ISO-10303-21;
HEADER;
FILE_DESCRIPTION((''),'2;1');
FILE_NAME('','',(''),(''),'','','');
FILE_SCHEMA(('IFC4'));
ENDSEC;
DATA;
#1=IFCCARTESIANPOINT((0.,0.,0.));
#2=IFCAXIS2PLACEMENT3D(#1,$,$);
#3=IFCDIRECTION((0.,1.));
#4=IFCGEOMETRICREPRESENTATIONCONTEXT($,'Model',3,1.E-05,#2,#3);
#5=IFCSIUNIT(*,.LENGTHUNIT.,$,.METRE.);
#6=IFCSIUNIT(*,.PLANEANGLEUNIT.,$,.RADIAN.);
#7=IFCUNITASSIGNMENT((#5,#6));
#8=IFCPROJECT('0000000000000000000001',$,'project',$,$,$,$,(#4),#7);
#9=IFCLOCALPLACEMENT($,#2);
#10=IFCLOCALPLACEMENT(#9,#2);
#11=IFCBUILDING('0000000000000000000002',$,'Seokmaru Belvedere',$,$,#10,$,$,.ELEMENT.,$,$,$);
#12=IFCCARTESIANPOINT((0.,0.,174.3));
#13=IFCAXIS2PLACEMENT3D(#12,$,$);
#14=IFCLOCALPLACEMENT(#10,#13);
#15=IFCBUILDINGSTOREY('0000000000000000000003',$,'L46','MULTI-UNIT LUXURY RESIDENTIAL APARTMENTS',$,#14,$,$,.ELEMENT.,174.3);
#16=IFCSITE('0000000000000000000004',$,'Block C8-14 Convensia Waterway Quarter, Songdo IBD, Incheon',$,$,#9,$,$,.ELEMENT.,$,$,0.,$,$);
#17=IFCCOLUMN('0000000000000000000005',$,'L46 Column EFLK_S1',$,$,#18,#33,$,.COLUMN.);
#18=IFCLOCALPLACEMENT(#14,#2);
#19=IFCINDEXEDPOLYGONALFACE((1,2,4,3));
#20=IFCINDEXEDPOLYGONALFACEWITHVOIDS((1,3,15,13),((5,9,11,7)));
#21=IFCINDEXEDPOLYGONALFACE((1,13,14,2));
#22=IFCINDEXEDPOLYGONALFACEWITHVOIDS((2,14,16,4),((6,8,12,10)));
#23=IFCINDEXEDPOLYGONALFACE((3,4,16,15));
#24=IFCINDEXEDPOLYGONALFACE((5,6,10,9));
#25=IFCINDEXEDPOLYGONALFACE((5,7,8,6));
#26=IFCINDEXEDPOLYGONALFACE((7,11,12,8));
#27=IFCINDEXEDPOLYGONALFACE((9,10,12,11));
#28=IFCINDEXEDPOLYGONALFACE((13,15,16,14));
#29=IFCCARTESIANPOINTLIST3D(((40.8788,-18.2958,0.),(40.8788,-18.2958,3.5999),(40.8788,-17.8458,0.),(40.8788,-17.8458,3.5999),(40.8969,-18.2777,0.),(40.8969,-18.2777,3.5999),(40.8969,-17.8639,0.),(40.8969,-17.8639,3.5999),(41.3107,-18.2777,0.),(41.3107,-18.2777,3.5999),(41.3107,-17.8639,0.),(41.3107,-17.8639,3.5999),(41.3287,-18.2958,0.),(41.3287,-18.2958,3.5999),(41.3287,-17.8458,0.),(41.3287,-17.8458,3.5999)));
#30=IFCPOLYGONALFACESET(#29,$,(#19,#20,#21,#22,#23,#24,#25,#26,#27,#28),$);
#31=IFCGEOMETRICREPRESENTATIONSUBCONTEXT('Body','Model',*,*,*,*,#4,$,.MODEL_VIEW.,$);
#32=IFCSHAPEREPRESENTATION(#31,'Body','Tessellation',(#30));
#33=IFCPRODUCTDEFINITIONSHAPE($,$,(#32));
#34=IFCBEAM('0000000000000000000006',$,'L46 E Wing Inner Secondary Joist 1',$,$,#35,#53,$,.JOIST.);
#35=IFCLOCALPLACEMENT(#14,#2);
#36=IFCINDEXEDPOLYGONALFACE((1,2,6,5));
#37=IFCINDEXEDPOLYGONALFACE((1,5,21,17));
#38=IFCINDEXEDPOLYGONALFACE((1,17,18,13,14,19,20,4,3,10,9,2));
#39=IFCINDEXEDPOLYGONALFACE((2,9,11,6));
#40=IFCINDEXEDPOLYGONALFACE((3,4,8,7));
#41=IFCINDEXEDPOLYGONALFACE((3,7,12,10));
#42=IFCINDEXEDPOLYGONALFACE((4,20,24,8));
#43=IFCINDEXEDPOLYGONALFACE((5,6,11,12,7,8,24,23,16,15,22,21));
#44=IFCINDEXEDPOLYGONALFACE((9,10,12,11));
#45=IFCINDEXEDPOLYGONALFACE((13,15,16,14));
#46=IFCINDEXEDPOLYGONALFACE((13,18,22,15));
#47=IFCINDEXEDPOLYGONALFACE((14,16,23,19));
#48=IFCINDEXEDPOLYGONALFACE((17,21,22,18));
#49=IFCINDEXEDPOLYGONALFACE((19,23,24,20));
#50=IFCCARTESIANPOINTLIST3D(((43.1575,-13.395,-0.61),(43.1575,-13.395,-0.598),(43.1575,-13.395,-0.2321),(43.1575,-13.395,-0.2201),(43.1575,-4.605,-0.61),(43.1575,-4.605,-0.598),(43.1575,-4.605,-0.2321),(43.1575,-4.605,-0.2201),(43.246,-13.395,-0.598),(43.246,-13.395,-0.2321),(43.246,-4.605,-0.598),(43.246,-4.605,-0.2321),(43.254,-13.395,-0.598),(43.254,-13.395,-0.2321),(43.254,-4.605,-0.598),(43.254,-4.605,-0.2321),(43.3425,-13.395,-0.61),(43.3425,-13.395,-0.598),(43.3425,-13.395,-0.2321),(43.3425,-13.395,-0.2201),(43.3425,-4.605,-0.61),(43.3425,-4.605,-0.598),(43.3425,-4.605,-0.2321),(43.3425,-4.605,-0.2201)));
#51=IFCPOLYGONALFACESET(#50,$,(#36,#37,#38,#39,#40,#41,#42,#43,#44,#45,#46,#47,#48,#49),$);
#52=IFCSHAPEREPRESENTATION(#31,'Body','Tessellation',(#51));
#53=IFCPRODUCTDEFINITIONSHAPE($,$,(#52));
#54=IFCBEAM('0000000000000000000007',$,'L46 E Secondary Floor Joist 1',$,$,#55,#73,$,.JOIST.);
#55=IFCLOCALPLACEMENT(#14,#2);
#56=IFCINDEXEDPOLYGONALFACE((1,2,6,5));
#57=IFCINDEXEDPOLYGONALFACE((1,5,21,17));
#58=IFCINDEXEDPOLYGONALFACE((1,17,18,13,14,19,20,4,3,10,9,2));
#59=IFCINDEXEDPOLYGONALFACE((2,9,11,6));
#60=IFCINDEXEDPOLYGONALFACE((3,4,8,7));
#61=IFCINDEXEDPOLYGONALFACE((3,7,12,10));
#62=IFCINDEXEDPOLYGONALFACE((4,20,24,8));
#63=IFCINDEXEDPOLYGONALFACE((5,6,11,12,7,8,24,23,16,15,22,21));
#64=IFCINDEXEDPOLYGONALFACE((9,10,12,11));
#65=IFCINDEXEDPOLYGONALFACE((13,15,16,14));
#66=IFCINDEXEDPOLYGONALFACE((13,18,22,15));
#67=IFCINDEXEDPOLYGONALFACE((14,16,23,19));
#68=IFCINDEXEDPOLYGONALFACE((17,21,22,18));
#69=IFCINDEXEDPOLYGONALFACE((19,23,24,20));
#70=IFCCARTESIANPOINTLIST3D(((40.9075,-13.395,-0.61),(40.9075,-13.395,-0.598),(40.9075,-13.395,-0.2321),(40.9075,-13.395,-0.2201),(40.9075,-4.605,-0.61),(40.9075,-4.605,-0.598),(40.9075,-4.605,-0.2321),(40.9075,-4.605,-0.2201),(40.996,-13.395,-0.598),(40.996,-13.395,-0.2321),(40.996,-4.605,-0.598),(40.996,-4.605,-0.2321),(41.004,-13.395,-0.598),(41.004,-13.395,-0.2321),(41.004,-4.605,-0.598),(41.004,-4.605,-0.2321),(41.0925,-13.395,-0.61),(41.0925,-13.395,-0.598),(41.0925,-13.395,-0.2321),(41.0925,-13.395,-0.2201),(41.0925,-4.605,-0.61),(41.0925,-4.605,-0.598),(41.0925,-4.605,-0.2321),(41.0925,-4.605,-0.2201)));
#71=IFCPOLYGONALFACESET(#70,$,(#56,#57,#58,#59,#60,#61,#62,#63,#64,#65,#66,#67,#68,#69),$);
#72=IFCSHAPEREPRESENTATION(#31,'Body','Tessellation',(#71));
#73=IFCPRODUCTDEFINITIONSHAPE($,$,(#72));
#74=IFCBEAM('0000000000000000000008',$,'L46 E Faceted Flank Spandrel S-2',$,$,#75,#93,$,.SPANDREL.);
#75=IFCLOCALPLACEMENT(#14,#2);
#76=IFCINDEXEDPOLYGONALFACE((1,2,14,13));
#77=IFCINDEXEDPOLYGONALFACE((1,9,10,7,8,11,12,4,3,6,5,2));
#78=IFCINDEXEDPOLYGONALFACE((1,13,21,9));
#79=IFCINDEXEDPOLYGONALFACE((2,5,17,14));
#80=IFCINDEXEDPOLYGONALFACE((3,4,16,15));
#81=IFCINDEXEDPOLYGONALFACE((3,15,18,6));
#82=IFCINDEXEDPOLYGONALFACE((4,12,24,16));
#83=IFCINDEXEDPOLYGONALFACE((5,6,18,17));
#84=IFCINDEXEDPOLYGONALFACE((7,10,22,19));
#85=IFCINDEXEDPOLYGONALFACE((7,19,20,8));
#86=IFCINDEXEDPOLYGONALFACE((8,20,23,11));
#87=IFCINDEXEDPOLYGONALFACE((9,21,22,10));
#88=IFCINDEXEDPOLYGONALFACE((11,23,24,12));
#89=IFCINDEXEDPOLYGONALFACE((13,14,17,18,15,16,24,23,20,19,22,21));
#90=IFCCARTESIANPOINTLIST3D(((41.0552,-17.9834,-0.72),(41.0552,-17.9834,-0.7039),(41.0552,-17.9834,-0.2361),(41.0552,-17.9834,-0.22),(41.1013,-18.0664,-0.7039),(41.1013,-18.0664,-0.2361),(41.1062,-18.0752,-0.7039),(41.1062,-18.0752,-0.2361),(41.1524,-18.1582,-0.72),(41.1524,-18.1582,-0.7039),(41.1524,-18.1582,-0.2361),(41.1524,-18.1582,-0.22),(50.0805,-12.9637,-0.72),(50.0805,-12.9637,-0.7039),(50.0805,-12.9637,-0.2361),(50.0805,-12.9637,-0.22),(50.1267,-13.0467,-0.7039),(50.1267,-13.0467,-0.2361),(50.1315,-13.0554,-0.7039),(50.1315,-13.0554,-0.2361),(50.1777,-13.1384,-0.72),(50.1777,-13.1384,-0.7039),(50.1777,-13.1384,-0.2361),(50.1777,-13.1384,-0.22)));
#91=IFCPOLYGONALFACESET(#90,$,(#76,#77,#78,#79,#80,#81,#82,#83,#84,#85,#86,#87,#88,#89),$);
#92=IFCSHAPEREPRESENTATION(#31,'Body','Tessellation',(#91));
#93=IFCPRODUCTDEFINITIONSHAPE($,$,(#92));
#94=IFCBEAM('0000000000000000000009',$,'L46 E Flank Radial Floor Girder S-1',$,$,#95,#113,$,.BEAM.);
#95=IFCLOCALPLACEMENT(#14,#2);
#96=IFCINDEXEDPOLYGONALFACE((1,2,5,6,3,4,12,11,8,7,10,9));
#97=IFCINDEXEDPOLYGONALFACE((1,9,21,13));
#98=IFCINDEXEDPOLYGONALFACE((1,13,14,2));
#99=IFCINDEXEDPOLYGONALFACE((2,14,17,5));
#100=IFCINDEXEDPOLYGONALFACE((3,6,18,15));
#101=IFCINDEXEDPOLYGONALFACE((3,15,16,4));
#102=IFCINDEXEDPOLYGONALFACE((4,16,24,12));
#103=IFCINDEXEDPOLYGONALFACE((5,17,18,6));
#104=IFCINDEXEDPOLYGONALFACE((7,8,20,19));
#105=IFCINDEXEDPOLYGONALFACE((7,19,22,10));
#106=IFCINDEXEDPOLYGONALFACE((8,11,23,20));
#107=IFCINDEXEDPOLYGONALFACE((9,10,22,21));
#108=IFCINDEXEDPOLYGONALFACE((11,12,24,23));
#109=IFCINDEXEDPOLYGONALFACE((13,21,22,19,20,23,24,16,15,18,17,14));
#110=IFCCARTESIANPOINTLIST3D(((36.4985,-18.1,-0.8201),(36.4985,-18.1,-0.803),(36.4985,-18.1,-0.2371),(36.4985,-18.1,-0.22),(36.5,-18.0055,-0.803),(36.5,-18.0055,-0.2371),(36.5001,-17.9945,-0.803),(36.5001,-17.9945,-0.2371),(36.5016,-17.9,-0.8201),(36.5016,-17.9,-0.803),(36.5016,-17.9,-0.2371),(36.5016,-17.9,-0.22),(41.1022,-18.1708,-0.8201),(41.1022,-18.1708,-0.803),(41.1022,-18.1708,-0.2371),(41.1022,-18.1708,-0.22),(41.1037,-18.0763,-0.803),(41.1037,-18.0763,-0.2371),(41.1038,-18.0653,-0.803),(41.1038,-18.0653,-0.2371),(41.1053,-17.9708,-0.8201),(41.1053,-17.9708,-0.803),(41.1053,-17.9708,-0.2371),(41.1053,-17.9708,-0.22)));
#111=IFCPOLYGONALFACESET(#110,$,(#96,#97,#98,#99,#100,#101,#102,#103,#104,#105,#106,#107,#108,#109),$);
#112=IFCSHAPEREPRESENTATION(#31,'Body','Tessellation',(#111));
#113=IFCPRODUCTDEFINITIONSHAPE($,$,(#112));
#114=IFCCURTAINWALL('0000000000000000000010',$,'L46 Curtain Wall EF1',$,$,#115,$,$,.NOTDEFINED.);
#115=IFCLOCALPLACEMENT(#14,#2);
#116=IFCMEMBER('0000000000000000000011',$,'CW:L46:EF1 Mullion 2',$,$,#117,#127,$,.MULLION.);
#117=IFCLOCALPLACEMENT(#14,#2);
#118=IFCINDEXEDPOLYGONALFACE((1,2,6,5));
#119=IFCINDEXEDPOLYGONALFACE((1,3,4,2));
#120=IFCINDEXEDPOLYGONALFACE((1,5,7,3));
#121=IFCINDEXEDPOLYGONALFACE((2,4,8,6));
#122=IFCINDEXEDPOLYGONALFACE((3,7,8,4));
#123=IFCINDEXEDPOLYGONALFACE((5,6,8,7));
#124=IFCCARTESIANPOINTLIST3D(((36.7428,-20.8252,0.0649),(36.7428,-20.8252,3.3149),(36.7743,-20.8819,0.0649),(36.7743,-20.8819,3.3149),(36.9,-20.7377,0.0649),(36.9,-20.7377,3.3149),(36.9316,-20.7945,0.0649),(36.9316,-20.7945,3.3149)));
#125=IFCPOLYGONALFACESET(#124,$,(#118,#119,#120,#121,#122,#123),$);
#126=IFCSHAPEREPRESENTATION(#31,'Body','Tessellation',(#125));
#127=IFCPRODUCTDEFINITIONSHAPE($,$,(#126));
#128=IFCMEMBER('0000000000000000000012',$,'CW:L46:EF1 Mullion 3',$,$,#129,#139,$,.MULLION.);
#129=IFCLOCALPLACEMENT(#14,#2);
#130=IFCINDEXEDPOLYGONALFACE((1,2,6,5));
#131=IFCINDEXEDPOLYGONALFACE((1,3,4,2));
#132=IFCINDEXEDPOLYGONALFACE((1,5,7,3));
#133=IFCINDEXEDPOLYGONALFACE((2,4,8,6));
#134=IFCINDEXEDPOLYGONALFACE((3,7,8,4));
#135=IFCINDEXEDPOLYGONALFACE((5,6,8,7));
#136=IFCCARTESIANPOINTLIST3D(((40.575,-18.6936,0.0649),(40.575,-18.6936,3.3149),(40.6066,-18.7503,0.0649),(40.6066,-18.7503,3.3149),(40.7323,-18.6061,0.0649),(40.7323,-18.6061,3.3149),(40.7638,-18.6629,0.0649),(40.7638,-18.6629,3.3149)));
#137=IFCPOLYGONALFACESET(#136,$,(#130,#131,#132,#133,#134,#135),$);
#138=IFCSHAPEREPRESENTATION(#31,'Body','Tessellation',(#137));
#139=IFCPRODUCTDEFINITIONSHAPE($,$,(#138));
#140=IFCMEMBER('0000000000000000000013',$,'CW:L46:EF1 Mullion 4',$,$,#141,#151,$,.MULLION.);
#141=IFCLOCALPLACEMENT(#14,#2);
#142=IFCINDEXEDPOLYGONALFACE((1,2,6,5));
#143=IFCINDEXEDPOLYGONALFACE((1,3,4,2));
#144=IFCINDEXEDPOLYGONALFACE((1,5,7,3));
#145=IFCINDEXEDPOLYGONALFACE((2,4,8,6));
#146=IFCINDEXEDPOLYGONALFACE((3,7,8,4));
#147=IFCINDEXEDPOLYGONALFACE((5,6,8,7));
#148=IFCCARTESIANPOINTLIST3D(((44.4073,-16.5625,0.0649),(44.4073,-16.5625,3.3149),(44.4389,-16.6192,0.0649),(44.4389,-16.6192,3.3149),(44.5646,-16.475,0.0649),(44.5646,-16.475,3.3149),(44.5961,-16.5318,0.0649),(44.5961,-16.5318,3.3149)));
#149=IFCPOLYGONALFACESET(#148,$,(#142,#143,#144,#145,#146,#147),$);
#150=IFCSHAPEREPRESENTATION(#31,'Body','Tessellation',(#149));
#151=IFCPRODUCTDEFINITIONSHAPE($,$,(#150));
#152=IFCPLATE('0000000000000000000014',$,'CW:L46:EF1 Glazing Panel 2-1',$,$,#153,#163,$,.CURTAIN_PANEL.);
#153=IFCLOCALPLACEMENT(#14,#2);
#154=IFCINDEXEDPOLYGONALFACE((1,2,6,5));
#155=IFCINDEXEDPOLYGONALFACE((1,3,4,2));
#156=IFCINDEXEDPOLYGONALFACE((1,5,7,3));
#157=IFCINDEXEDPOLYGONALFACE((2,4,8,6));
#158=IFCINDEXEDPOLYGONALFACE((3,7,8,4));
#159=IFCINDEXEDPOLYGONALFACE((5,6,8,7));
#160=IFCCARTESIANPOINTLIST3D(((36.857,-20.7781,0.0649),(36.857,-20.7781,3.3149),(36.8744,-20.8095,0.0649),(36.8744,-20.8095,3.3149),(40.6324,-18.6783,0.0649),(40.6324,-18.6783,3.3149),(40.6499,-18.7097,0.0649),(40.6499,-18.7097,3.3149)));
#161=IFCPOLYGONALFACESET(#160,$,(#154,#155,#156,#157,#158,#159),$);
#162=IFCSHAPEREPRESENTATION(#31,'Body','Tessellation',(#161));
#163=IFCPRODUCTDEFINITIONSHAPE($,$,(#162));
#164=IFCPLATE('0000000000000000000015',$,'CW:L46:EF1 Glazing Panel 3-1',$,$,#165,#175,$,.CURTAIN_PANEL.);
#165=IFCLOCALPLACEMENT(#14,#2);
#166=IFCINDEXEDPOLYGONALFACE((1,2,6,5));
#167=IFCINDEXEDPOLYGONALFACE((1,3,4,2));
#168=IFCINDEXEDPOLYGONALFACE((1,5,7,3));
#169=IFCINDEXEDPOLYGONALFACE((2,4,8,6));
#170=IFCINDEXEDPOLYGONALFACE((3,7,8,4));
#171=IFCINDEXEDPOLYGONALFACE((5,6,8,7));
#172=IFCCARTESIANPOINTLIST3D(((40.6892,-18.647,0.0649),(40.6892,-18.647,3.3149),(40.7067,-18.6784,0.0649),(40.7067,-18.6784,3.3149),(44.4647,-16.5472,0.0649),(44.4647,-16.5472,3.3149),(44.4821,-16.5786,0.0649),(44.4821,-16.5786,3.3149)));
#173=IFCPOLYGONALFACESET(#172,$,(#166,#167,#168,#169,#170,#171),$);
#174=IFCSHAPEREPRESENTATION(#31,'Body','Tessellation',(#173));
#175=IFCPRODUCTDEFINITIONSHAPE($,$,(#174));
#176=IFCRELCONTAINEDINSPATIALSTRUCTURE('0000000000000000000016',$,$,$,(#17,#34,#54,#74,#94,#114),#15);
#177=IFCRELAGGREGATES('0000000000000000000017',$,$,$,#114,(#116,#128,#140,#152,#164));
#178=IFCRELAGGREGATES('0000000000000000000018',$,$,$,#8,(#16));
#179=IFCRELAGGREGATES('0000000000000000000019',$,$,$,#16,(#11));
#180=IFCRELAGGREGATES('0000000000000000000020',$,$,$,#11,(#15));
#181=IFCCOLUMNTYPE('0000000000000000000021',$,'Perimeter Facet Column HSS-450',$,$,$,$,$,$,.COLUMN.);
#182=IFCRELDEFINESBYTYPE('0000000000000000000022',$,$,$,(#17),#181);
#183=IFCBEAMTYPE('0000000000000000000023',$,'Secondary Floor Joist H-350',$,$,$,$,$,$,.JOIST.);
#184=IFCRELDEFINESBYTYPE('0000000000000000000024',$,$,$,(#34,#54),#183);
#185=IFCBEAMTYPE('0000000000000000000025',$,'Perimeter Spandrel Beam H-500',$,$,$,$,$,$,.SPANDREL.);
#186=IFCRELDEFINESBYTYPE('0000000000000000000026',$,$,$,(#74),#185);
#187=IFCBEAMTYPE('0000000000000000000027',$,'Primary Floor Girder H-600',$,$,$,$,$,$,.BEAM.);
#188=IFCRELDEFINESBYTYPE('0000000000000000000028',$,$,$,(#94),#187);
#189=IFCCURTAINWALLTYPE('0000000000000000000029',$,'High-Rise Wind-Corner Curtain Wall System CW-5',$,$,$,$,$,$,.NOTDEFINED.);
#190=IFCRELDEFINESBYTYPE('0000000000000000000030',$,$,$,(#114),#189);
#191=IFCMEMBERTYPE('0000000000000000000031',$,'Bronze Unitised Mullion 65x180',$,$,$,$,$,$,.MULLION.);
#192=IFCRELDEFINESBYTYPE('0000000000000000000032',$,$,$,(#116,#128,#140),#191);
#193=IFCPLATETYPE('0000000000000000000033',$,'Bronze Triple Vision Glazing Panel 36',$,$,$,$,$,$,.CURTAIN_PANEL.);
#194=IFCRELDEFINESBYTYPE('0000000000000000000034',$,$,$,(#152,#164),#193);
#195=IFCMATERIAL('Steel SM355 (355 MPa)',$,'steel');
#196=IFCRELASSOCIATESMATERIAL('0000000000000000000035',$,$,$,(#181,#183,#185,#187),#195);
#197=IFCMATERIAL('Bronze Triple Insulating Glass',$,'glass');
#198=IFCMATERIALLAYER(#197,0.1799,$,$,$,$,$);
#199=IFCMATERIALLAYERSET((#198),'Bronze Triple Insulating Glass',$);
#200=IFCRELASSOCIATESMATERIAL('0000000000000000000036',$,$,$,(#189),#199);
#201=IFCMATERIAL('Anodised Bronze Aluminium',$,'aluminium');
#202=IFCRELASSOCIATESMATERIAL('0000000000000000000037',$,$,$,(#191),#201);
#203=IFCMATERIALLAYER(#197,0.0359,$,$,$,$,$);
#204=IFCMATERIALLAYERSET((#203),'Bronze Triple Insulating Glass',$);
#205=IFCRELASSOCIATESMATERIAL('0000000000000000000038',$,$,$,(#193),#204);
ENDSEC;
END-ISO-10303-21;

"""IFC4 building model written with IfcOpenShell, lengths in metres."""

from ifc_helpers import new_model, si_unit, direction, frame, origin, origin_2d, place, context, subcontext, project, spatial, rectangle, hollow_rectangle, i_section, extrude, source, transform, mapped, material, layer, layer_set, material_profile, profile_set, type_object, type_shapes, element, aggregate, save


model = new_model("IFC4")

# Units and contexts
model_context = context("Model", 3, precision=1e-05, world=origin(), true_north=direction((0.0, 1.0)))
body_context = subcontext(model_context, "Body", "Model", "MODEL_VIEW")
ifc_project = project(units=[si_unit("LENGTHUNIT", "METRE"), si_unit("PLANEANGLEUNIT", "RADIAN")], contexts=[model_context])

# Site, building, storey
site_placement = place(None, origin())
site = spatial("IfcSite", under=ifc_project, at=site_placement, Name="Block C8-14 Convensia Waterway Quarter, Songdo IBD, Incheon", CompositionType="ELEMENT", RefElevation=0.0)
building_placement = place(site_placement, origin())
building = spatial("IfcBuilding", under=site, at=building_placement, Name="Seokmaru Belvedere", CompositionType="ELEMENT")
storey_placement = place(building_placement, frame((0.0, 0.0, 174.3)))
storey = spatial("IfcBuildingStorey", under=building, at=storey_placement, Name="L46", Description="MULTI-UNIT LUXURY RESIDENTIAL APARTMENTS", CompositionType="ELEMENT", Elevation=174.3)

# Column
ifc_material_1 = material(Name="Steel SM355 (355 MPa)", Category="steel")
ifc_material_profile_1 = material_profile(ifc_material_1, hollow_rectangle(XDim=0.45, YDim=0.45, WallThickness=0.0181, at=origin_2d()), Name="HSS-450x450x18")
ifc_profile_set_1 = profile_set([ifc_material_profile_1], Name="Steel SM355 (355 MPa)")
column_type = type_object("IfcColumnType", Name="Perimeter Facet Column HSS-450", PredefinedType="COLUMN", material=ifc_profile_set_1)
shared_shape_1 = source(origin(), body_context, "Body", "SweptSolid", [
    extrude(hollow_rectangle(XDim=0.45, YDim=0.45, WallThickness=0.0181, at=origin_2d()), origin(), (0.0, 0.0, 1.0), 3.5999),
])
type_shapes(column_type, [shared_shape_1])
column_placement = place(storey_placement, frame((41.1038, -18.0708, 0.0), z_axis=(0.0, 0.0, 1.0), x_axis=(1.0, 0.0, 0.0)))
element("IfcColumn", 1, at=column_placement, inside=storey, type_object=column_type, Name="L46 Column EFLK_S1", PredefinedType="COLUMN", context=body_context, shape_type="MappedRepresentation", body=[
    mapped(shared_shape_1, transform((0.0, 0.0, 0.0), scale=1.0)),
])

# Beams
ifc_material_profile_2 = material_profile(ifc_material_1, i_section(OverallWidth=0.1851, OverallDepth=0.3899, WebThickness=0.0081, FlangeThickness=0.012, at=origin_2d()), Name="H-390x185x8x12")
ifc_profile_set_2 = profile_set([ifc_material_profile_2], Name="Steel SM355 (355 MPa)")
beam_type_1 = type_object("IfcBeamType", Name="Secondary Floor Joist H-350", PredefinedType="JOIST", material=ifc_profile_set_2)
shared_shape_2 = source(origin(), body_context, "Body", "SweptSolid", [
    extrude(i_section(OverallWidth=0.1851, OverallDepth=0.3899, WebThickness=0.0081, FlangeThickness=0.012, at=origin_2d()), origin(), (0.0, 0.0, 1.0), 8.79),
])
type_shapes(beam_type_1, [shared_shape_2])
for number, where, z_axis, x_axis, name in (
    (2, (43.25, -13.395, -0.415), (0.0, 1.0, 0.0), (-1.0, 0.0, 0.0), "L46 E Wing Inner Secondary Joist 1"),
    (3, (41.0, -13.395, -0.415), (0.0, 1.0, 0.0), (-1.0, 0.0, 0.0), "L46 E Secondary Floor Joist 1"),
):
    element("IfcBeam", number, at=place(storey_placement, frame(where, z_axis=z_axis, x_axis=x_axis)), inside=storey, type_object=beam_type_1, Name=name, PredefinedType="JOIST", context=body_context, shape_type="MappedRepresentation", body=[
        mapped(shared_shape_2, transform((0.0, 0.0, 0.0), scale=1.0)),
    ])
ifc_material_profile_3 = material_profile(ifc_material_1, i_section(OverallWidth=0.2, OverallDepth=0.5, WebThickness=0.01, FlangeThickness=0.0161, at=origin_2d()), Name="H-500x200x10x16")
ifc_profile_set_3 = profile_set([ifc_material_profile_3], Name="Steel SM355 (355 MPa)")
beam_type_2 = type_object("IfcBeamType", Name="Perimeter Spandrel Beam H-500", PredefinedType="SPANDREL", material=ifc_profile_set_3)
shared_shape_3 = source(origin(), body_context, "Body", "SweptSolid", [
    extrude(i_section(OverallWidth=0.2, OverallDepth=0.5, WebThickness=0.01, FlangeThickness=0.0161, at=origin_2d()), origin(), (0.0, 0.0, 1.0), 10.3274),
])
type_shapes(beam_type_2, [shared_shape_3])
beam_1_placement = place(storey_placement, frame((41.1038, -18.0708, -0.47), z_axis=(0.873924, 0.486062, 0.0), x_axis=(-0.486062, 0.873924, 0.0)))
element("IfcBeam", 4, at=beam_1_placement, inside=storey, type_object=beam_type_2, Name="L46 E Faceted Flank Spandrel S-2", PredefinedType="SPANDREL", context=body_context, shape_type="MappedRepresentation", body=[
    mapped(shared_shape_3, transform((0.0, 0.0, 0.0), scale=1.0)),
])
ifc_material_profile_4 = material_profile(ifc_material_1, i_section(OverallWidth=0.2, OverallDepth=0.6001, WebThickness=0.011, FlangeThickness=0.0171, at=origin_2d()), Name="H-600x200x11x17")
ifc_profile_set_4 = profile_set([ifc_material_profile_4], Name="Steel SM355 (355 MPa)")
beam_type_3 = type_object("IfcBeamType", Name="Primary Floor Girder H-600", PredefinedType="BEAM", material=ifc_profile_set_4)
shared_shape_4 = source(origin(), body_context, "Body", "SweptSolid", [
    extrude(i_section(OverallWidth=0.2, OverallDepth=0.6001, WebThickness=0.011, FlangeThickness=0.0171, at=origin_2d()), origin(), (0.0, 0.0, 1.0), 4.6042),
])
type_shapes(beam_type_3, [shared_shape_4])
beam_2_placement = place(storey_placement, frame((41.1038, -18.0708, -0.52), z_axis=(-0.999882, 0.015377, 0.0), x_axis=(-0.015377, -0.999882, 0.0)))
element("IfcBeam", 5, at=beam_2_placement, inside=storey, type_object=beam_type_3, Name="L46 E Flank Radial Floor Girder S-1", PredefinedType="BEAM", context=body_context, shape_type="MappedRepresentation", body=[
    mapped(shared_shape_4, transform((0.0, 0.0, 0.0), scale=1.0)),
])

# Curtain wall, members, plates
ifc_material_2 = material(Name="Bronze Triple Insulating Glass", Category="glass")
ifc_layer_1 = layer(ifc_material_2, 0.1799)
ifc_layer_set_1 = layer_set([ifc_layer_1], Name="Bronze Triple Insulating Glass")
curtain_wall_type = type_object("IfcCurtainWallType", Name="High-Rise Wind-Corner Curtain Wall System CW-5", PredefinedType="NOTDEFINED", material=ifc_layer_set_1)
curtain_wall_placement = place(storey_placement, origin())
curtain_wall = element("IfcCurtainWall", 6, at=curtain_wall_placement, inside=storey, type_object=curtain_wall_type, Name="L46 Curtain Wall EF1", PredefinedType="NOTDEFINED")
ifc_material_3 = material(Name="Anodised Bronze Aluminium", Category="aluminium")
ifc_material_profile_5 = material_profile(ifc_material_3, rectangle(XDim=0.0649, YDim=0.1799, at=origin_2d()), Name="CW-M-65x180")
ifc_profile_set_5 = profile_set([ifc_material_profile_5], Name="Anodised Bronze Aluminium")
member_type = type_object("IfcMemberType", Name="Bronze Unitised Mullion 65x180", PredefinedType="MULLION", material=ifc_profile_set_5)
shared_shape_5 = source(origin(), body_context, "Body", "SweptSolid", [
    extrude(rectangle(XDim=0.0649, YDim=0.1799, at=origin_2d()), origin(), (0.0, 0.0, 1.0), 3.25),
])
type_shapes(member_type, [shared_shape_5])
member_1_placement = place(storey_placement, frame((36.8372, -20.8098, 0.0649), z_axis=(0.0, 0.0, 1.0), x_axis=(-0.486047, 0.873933, 0.0)))
member_1 = element("IfcMember", 7, at=member_1_placement, type_object=member_type, Name="CW:L46:EF1 Mullion 2", PredefinedType="MULLION", context=body_context, shape_type="MappedRepresentation", body=[
    mapped(shared_shape_5, transform((0.0, 0.0, 0.0), scale=1.0)),
])
member_2_placement = place(storey_placement, frame((40.6694, -18.6782, 0.0649), z_axis=(0.0, 0.0, 1.0), x_axis=(-0.486047, 0.873933, 0.0)))
member_2 = element("IfcMember", 8, at=member_2_placement, type_object=member_type, Name="CW:L46:EF1 Mullion 3", PredefinedType="MULLION", context=body_context, shape_type="MappedRepresentation", body=[
    mapped(shared_shape_5, transform((0.0, 0.0, 0.0), scale=1.0)),
])
member_3_placement = place(storey_placement, frame((44.5017, -16.5471, 0.0649), z_axis=(0.0, 0.0, 1.0), x_axis=(-0.486047, 0.873933, 0.0)))
member_3 = element("IfcMember", 9, at=member_3_placement, type_object=member_type, Name="CW:L46:EF1 Mullion 4", PredefinedType="MULLION", context=body_context, shape_type="MappedRepresentation", body=[
    mapped(shared_shape_5, transform((0.0, 0.0, 0.0), scale=1.0)),
])
ifc_layer_2 = layer(ifc_material_2, 0.0359)
ifc_layer_set_2 = layer_set([ifc_layer_2], Name="Bronze Triple Insulating Glass")
plate_type = type_object("IfcPlateType", Name="Bronze Triple Vision Glazing Panel 36", PredefinedType="CURTAIN_PANEL", material=ifc_layer_set_2)
shared_shape_6 = source(origin(), body_context, "Body", "SweptSolid", [
    extrude(rectangle(XDim=4.3201, YDim=0.0359, at=origin_2d()), origin(), (0.0, 0.0, 1.0), 3.25),
])
type_shapes(plate_type, [shared_shape_6])
plate_1_placement = place(storey_placement, frame((38.7534, -19.7439, 0.0649), z_axis=(0.0, 0.0, 1.0), x_axis=(0.873933, 0.486047, 0.0)))
plate_1 = element("IfcPlate", 10, at=plate_1_placement, type_object=plate_type, Name="CW:L46:EF1 Glazing Panel 2-1", PredefinedType="CURTAIN_PANEL", context=body_context, shape_type="MappedRepresentation", body=[
    mapped(shared_shape_6, transform((0.0, 0.0, 0.0), scale=1.0)),
])
plate_2_placement = place(storey_placement, frame((42.5857, -17.6128, 0.0649), z_axis=(0.0, 0.0, 1.0), x_axis=(0.873933, 0.486047, 0.0)))
plate_2 = element("IfcPlate", 11, at=plate_2_placement, type_object=plate_type, Name="CW:L46:EF1 Glazing Panel 3-1", PredefinedType="CURTAIN_PANEL", context=body_context, shape_type="MappedRepresentation", body=[
    mapped(shared_shape_6, transform((0.0, 0.0, 0.0), scale=1.0)),
])
aggregate(curtain_wall, [member_1, member_2, member_3, plate_1, plate_2])

save(model, "model.ifc")
